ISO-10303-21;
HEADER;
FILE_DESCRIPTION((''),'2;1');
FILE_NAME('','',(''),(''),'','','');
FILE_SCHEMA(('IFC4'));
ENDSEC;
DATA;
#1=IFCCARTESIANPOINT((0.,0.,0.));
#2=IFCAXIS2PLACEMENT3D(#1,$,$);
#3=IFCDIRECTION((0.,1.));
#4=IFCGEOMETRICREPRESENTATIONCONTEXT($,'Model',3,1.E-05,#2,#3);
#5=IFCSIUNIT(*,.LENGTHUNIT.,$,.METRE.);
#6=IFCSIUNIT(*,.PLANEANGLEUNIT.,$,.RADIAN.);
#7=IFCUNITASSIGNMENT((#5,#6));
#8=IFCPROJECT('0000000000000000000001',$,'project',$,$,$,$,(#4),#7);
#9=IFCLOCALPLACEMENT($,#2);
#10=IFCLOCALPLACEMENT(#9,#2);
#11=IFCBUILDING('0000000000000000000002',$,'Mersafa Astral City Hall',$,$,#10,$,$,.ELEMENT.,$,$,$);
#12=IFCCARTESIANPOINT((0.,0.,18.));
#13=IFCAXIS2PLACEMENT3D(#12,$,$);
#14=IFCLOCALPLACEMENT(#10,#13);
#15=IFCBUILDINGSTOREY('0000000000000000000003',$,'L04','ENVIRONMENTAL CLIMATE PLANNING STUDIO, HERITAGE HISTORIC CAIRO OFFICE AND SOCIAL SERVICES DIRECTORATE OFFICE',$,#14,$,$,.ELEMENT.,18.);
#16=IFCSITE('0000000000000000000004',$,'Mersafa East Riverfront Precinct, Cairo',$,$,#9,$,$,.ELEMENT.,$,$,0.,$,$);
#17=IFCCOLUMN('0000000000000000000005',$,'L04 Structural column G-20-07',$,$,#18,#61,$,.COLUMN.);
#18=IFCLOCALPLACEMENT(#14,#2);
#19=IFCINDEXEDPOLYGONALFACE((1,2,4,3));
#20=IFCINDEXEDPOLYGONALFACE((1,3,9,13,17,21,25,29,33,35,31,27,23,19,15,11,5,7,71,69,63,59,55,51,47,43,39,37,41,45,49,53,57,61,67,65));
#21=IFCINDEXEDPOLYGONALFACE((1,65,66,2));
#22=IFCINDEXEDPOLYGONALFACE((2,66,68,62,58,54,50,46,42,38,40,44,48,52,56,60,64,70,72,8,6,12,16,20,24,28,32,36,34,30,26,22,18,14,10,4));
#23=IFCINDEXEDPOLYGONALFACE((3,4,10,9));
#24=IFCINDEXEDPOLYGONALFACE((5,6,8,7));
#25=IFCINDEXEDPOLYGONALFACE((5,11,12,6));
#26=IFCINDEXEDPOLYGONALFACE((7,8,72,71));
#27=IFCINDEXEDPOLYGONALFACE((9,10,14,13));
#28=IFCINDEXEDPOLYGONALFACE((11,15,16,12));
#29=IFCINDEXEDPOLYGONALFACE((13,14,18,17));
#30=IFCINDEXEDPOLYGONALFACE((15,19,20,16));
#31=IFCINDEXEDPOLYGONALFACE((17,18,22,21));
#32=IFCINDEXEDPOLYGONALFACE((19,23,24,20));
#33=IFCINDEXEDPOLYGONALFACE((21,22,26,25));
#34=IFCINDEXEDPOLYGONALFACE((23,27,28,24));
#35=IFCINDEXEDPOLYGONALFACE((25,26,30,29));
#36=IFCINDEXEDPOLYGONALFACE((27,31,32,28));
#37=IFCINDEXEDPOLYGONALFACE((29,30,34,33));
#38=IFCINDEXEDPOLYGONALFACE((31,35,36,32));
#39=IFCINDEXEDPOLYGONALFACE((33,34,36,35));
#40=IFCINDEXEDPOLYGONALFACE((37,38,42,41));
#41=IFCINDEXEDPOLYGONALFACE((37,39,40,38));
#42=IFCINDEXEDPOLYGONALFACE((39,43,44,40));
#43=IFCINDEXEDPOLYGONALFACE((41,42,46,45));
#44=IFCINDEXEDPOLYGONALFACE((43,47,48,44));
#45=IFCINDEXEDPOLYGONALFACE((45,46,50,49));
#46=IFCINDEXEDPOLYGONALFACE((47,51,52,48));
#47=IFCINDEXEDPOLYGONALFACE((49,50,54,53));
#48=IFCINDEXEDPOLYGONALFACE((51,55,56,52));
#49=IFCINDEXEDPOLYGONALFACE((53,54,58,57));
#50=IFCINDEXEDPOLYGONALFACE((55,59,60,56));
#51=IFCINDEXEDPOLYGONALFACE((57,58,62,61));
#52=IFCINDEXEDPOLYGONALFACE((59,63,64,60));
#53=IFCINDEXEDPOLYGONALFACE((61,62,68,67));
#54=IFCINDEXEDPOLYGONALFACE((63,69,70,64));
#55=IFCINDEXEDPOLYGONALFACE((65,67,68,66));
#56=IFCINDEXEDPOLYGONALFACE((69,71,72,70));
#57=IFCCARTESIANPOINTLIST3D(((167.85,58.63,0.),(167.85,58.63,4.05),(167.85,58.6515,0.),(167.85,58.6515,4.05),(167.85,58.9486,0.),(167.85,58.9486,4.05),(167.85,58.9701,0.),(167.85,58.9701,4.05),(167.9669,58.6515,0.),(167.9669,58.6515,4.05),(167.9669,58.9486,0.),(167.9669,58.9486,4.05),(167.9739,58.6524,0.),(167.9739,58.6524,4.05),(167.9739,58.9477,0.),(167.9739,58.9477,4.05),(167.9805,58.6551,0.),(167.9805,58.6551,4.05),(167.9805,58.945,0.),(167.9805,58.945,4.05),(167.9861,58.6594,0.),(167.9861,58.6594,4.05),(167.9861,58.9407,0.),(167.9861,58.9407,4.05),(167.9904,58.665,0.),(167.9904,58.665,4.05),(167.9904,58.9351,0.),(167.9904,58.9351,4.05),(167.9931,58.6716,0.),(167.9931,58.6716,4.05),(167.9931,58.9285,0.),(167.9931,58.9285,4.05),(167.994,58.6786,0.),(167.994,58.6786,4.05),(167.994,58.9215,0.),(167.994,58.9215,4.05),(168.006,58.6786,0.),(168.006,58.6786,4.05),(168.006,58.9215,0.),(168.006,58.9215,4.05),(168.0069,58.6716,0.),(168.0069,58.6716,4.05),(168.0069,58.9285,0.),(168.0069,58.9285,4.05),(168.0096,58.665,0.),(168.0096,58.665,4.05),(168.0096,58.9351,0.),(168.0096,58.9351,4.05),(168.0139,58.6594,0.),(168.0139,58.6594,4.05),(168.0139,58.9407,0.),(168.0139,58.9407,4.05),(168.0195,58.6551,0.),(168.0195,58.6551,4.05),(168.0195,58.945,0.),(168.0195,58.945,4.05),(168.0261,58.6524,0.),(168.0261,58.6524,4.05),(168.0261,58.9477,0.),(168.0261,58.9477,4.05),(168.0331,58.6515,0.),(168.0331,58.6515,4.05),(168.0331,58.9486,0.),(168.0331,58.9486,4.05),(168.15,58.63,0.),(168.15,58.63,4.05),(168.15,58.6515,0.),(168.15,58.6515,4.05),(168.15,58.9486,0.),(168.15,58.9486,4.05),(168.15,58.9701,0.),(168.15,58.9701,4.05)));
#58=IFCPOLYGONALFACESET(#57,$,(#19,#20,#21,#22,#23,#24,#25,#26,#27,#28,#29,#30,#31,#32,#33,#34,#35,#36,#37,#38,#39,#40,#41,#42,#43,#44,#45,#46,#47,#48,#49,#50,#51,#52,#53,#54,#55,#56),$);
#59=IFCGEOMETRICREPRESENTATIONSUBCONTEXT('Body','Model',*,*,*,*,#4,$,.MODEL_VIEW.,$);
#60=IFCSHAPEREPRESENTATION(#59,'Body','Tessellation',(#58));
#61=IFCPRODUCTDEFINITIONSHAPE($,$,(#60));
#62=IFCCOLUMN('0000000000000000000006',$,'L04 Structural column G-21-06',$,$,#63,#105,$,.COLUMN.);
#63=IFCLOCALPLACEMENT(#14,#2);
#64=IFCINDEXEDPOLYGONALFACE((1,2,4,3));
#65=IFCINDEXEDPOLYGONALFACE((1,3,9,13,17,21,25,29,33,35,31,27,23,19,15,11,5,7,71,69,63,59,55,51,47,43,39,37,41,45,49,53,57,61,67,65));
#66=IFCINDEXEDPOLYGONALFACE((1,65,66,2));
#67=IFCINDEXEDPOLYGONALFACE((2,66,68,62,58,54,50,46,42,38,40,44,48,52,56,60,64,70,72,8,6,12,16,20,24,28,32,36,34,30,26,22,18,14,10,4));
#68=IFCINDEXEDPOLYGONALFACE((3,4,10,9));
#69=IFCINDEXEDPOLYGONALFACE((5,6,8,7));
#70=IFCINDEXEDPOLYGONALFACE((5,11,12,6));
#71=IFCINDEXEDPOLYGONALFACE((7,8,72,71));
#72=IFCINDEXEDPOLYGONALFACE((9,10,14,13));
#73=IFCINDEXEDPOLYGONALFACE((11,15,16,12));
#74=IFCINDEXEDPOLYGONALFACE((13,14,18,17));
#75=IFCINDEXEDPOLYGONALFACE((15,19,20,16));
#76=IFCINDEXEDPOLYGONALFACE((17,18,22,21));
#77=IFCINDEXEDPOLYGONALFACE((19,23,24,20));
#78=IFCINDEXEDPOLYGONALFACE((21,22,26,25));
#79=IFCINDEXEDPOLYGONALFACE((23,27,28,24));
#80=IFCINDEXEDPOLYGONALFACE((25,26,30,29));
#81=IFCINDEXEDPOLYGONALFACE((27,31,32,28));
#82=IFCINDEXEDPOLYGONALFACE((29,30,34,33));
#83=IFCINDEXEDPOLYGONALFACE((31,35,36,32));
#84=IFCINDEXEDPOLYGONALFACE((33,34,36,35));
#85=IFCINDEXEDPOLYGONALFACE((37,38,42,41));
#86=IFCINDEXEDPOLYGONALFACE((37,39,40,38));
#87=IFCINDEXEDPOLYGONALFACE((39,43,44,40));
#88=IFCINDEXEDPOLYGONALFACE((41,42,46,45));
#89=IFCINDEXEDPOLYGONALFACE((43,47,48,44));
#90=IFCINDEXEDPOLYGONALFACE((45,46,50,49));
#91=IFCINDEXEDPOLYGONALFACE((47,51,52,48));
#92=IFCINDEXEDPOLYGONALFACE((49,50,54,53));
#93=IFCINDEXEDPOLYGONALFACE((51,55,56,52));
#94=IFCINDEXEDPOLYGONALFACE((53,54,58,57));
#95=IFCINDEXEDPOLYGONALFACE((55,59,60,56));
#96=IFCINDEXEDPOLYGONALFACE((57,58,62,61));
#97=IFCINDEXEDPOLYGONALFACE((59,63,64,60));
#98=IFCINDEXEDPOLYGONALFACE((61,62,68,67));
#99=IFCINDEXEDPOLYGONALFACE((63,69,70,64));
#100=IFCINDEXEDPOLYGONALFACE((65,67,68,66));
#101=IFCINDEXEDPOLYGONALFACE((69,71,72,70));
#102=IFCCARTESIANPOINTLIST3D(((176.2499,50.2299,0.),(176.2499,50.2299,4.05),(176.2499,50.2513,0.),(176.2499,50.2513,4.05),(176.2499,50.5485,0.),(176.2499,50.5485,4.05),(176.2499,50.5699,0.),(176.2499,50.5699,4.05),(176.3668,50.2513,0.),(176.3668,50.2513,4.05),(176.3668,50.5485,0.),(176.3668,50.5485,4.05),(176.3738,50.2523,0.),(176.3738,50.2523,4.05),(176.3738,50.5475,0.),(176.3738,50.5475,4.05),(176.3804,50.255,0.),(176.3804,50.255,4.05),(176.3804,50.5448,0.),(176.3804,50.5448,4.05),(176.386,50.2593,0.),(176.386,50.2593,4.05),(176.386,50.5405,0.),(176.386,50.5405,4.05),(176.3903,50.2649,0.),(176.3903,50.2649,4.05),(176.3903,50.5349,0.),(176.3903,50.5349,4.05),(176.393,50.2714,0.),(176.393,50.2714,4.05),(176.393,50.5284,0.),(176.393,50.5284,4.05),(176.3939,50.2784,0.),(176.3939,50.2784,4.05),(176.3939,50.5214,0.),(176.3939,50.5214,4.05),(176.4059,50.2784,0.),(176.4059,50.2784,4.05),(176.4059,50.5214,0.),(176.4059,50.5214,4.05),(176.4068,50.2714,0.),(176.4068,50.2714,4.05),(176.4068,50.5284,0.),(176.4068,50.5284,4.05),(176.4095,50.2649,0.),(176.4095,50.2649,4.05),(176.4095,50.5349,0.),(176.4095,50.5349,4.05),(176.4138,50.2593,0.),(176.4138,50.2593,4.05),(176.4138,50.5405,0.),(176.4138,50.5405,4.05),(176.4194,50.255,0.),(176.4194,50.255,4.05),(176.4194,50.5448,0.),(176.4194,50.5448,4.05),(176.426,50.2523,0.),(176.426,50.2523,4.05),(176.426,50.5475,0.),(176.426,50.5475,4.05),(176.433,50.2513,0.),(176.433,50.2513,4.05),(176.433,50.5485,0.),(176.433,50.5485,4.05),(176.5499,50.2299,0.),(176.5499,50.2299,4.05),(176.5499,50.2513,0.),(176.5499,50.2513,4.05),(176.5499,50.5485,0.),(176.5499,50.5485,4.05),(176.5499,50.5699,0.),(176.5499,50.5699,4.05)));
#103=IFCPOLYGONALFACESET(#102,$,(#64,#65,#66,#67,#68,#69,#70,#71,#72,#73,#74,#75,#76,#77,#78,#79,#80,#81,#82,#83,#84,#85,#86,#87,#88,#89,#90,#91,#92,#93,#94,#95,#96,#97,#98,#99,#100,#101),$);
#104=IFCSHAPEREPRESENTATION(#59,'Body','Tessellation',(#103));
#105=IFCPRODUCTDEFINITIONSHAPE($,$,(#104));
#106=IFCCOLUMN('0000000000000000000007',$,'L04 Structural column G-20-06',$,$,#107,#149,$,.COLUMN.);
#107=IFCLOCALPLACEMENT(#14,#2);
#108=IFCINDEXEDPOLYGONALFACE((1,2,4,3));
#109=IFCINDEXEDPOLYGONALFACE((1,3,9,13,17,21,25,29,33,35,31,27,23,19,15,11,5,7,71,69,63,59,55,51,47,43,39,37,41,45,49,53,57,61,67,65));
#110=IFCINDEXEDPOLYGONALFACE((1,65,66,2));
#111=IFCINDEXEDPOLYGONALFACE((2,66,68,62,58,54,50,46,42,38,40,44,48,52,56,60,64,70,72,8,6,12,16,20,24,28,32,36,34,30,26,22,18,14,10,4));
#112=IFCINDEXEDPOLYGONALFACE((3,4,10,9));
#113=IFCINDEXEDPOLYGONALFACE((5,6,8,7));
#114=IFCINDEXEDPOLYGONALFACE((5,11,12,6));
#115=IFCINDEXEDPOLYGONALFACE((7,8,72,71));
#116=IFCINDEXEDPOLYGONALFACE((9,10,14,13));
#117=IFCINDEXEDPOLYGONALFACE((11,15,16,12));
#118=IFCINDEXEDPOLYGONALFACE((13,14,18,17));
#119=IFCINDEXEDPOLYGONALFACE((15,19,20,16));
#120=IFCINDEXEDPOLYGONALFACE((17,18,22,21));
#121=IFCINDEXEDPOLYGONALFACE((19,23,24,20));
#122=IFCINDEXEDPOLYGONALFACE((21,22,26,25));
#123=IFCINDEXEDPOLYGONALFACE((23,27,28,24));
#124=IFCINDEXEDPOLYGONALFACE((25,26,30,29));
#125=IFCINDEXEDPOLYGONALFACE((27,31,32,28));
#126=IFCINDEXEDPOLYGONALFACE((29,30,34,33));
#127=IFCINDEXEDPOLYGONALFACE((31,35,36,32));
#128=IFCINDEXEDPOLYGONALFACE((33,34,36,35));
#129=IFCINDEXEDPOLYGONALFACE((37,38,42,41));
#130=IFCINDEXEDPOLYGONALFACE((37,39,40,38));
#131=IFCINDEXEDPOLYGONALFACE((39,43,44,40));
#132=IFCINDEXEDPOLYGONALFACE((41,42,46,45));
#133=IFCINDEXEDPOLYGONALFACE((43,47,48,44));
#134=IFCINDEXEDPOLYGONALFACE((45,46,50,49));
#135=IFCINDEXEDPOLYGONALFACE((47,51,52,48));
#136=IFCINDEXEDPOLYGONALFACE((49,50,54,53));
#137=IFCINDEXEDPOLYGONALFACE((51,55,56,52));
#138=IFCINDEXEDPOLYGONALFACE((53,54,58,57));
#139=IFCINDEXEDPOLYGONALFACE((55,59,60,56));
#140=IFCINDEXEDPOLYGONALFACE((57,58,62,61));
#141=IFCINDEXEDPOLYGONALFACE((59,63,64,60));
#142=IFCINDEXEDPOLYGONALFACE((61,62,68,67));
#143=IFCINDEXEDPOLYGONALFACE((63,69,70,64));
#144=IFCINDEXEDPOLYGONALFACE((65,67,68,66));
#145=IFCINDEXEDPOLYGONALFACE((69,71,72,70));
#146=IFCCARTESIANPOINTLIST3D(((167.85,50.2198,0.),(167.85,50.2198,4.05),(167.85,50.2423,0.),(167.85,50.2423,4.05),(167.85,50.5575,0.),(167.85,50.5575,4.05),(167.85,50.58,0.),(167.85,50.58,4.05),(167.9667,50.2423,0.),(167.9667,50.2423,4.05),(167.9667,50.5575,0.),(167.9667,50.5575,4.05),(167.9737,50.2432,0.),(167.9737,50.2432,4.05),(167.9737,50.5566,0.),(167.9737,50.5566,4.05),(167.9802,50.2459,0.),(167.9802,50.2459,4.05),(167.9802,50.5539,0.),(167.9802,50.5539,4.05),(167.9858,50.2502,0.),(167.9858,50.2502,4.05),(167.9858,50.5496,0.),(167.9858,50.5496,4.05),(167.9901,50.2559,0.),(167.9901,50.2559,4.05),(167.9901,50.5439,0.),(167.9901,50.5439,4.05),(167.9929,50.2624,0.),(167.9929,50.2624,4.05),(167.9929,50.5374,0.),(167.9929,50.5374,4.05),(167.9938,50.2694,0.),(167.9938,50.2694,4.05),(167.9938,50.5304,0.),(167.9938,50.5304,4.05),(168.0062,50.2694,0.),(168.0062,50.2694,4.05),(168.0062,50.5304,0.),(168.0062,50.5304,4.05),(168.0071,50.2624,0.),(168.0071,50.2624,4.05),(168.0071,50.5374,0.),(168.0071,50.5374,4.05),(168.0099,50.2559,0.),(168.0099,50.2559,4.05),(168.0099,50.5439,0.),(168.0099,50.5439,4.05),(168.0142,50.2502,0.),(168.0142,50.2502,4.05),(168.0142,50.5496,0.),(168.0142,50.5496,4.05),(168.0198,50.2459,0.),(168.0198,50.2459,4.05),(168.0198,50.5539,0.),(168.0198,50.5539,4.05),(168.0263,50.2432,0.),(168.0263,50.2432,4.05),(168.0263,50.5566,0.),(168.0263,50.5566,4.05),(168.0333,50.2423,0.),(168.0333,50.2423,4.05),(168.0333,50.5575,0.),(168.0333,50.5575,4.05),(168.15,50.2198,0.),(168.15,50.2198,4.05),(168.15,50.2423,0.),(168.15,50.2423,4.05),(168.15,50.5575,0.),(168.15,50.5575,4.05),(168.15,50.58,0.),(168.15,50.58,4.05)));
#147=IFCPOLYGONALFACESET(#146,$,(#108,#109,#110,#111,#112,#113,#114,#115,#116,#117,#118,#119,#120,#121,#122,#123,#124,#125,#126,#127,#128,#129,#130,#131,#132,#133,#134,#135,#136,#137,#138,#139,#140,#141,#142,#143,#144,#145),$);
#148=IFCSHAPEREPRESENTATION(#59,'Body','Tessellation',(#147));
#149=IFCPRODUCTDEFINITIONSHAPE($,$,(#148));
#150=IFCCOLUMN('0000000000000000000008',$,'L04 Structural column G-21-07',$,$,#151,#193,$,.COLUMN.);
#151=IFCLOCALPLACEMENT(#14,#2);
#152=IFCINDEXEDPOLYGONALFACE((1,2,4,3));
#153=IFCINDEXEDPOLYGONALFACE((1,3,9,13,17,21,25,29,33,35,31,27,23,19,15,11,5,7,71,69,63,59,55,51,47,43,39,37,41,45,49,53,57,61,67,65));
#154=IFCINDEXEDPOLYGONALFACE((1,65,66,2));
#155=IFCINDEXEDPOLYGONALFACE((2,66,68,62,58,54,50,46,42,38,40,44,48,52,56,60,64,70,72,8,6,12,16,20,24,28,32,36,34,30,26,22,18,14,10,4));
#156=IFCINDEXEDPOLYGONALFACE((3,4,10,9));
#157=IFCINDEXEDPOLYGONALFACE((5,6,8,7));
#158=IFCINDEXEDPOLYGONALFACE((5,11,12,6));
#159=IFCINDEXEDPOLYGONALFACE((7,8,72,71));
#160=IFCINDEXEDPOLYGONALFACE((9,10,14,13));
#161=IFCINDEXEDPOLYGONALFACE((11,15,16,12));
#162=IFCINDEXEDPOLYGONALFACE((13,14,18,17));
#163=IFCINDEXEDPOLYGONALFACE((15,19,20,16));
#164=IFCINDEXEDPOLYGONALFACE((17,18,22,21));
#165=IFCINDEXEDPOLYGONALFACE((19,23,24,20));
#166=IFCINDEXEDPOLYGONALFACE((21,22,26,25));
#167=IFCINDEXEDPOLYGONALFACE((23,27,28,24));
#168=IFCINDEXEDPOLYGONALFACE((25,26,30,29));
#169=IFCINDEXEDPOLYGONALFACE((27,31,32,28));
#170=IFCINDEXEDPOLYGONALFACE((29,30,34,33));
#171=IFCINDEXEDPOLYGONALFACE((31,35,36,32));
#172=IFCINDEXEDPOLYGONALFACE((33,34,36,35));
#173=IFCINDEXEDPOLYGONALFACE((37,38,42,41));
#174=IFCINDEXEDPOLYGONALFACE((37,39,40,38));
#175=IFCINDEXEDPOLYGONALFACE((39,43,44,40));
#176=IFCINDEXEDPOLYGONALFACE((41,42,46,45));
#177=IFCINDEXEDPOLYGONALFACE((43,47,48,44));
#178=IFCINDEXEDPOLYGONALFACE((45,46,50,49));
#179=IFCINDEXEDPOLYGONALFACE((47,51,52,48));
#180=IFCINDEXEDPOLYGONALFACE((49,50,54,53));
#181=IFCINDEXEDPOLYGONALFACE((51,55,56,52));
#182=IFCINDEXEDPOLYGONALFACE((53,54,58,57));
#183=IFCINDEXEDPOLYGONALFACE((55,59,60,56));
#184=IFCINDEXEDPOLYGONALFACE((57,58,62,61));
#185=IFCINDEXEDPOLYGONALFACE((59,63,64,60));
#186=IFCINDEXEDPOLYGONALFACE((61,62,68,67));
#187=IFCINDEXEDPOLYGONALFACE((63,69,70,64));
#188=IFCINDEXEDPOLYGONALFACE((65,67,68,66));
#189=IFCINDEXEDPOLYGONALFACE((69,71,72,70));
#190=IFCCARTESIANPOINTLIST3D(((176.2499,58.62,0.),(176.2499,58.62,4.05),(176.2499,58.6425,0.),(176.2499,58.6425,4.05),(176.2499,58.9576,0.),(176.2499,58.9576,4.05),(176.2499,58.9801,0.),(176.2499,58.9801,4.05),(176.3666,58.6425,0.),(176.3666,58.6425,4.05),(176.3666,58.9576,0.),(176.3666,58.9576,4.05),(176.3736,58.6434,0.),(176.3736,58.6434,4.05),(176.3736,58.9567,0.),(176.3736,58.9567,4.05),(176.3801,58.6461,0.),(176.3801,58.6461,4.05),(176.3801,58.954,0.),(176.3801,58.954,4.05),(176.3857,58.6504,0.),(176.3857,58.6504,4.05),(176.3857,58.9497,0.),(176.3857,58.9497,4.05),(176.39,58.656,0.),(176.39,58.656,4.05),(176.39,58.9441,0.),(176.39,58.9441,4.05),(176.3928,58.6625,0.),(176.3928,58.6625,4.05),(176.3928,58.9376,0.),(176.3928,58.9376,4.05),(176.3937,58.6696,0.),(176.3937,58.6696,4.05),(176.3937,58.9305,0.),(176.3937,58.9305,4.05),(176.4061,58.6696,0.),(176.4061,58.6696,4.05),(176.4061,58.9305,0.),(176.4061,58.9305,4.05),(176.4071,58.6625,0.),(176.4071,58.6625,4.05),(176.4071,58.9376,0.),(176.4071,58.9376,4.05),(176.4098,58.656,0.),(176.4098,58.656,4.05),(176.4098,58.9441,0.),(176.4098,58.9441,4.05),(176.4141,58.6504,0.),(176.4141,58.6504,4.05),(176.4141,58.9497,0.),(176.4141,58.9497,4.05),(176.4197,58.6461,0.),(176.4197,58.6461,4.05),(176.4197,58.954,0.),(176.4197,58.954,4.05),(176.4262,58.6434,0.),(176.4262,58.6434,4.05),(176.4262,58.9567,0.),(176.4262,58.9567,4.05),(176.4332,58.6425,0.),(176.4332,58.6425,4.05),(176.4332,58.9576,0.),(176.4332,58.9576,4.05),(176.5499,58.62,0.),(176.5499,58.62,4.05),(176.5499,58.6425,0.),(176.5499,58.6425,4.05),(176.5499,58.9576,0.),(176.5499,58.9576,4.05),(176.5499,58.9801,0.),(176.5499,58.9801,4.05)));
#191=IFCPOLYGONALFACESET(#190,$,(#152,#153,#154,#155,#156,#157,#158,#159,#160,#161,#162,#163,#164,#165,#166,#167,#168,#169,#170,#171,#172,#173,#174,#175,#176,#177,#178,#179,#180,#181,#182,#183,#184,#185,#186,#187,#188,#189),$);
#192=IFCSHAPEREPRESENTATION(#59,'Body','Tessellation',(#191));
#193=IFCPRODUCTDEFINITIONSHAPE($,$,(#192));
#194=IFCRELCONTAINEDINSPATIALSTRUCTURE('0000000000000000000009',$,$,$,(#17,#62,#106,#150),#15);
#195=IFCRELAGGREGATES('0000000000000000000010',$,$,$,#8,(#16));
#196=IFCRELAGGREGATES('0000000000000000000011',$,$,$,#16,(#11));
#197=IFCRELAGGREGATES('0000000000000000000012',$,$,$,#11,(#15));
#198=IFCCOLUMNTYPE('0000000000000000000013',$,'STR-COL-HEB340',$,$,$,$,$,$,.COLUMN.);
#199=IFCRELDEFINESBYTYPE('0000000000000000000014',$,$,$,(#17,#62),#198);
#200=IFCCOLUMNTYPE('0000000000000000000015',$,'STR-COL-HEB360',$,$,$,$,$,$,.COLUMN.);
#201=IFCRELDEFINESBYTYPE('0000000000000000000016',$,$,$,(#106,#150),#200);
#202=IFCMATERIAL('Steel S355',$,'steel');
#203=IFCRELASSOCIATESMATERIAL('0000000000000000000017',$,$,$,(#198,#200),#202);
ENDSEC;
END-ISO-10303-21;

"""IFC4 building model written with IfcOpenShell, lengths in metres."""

from ifc_helpers import new_model, si_unit, direction, frame, origin, origin_2d, place, context, subcontext, project, spatial, i_section, extrude, material, material_profile, profile_set, type_object, element, save


model = new_model("IFC4")

# Units and contexts
model_context = context("Model", 3, precision=1e-05, world=origin(), true_north=direction((0.0, 1.0)))
body_context = subcontext(model_context, "Body", "Model", "MODEL_VIEW")
ifc_project = project(units=[si_unit("LENGTHUNIT", "METRE"), si_unit("PLANEANGLEUNIT", "RADIAN")], contexts=[model_context])

# Site, building, storey
site_placement = place(None, origin())
site = spatial("IfcSite", under=ifc_project, at=site_placement, Name="Mersafa East Riverfront Precinct, Cairo", CompositionType="ELEMENT", RefElevation=0.0)
building_placement = place(site_placement, origin())
building = spatial("IfcBuilding", under=site, at=building_placement, Name="Mersafa Astral City Hall", CompositionType="ELEMENT")
storey_placement = place(building_placement, frame((0.0, 0.0, 18.0)))
storey = spatial("IfcBuildingStorey", under=building, at=storey_placement, Name="L04", Description="ENVIRONMENTAL CLIMATE PLANNING STUDIO, HERITAGE HISTORIC CAIRO OFFICE AND SOCIAL SERVICES DIRECTORATE OFFICE", CompositionType="ELEMENT", Elevation=18.0)

# Columns
ifc_material_1 = material(Name="Steel S355", Category="steel")
ifc_material_profile_1 = material_profile(ifc_material_1, i_section(OverallWidth=0.3, OverallDepth=0.3401, WebThickness=0.012, FlangeThickness=0.0215, FilletRadius=0.0271, at=origin_2d()), Name="HEB 340")
ifc_profile_set_1 = profile_set([ifc_material_profile_1], Name="Steel S355")
column_type_1 = type_object("IfcColumnType", Name="STR-COL-HEB340", PredefinedType="COLUMN", material=ifc_profile_set_1)
for number, where, z_axis, x_axis, name in (
    (1, (168.0, 58.8, 0.0), (0.0, 0.0, 1.0), (1.0, 0.0, 0.0), "L04 Structural column G-20-07"),
    (2, (176.3999, 50.3999, 0.0), (0.0, 0.0, 1.0), (1.0, 0.0, 0.0), "L04 Structural column G-21-06"),
):
    element("IfcColumn", number, at=place(storey_placement, frame(where, z_axis=z_axis, x_axis=x_axis)), inside=storey, type_object=column_type_1, Name=name, PredefinedType="COLUMN", context=body_context, shape_type="SweptSolid", body=[
        extrude(i_section(OverallWidth=0.3, OverallDepth=0.3401, WebThickness=0.012, FlangeThickness=0.0215, FilletRadius=0.0271, at=origin_2d()), origin(), (0.0, 0.0, 1.0), 4.05),
    ])
ifc_material_profile_2 = material_profile(ifc_material_1, i_section(OverallWidth=0.3, OverallDepth=0.3601, WebThickness=0.0125, FlangeThickness=0.0225, FilletRadius=0.0271, at=origin_2d()), Name="HEB 360")
ifc_profile_set_2 = profile_set([ifc_material_profile_2], Name="Steel S355")
column_type_2 = type_object("IfcColumnType", Name="STR-COL-HEB360", PredefinedType="COLUMN", material=ifc_profile_set_2)
for number, where, z_axis, x_axis, name in (
    (3, (168.0, 50.3999, 0.0), (0.0, 0.0, 1.0), (1.0, 0.0, 0.0), "L04 Structural column G-20-06"),
    (4, (176.3999, 58.8, 0.0), (0.0, 0.0, 1.0), (1.0, 0.0, 0.0), "L04 Structural column G-21-07"),
):
    element("IfcColumn", number, at=place(storey_placement, frame(where, z_axis=z_axis, x_axis=x_axis)), inside=storey, type_object=column_type_2, Name=name, PredefinedType="COLUMN", context=body_context, shape_type="SweptSolid", body=[
        extrude(i_section(OverallWidth=0.3, OverallDepth=0.3601, WebThickness=0.0125, FlangeThickness=0.0225, FilletRadius=0.0271, at=origin_2d()), origin(), (0.0, 0.0, 1.0), 4.05),
    ])

save(model, "model.ifc")
